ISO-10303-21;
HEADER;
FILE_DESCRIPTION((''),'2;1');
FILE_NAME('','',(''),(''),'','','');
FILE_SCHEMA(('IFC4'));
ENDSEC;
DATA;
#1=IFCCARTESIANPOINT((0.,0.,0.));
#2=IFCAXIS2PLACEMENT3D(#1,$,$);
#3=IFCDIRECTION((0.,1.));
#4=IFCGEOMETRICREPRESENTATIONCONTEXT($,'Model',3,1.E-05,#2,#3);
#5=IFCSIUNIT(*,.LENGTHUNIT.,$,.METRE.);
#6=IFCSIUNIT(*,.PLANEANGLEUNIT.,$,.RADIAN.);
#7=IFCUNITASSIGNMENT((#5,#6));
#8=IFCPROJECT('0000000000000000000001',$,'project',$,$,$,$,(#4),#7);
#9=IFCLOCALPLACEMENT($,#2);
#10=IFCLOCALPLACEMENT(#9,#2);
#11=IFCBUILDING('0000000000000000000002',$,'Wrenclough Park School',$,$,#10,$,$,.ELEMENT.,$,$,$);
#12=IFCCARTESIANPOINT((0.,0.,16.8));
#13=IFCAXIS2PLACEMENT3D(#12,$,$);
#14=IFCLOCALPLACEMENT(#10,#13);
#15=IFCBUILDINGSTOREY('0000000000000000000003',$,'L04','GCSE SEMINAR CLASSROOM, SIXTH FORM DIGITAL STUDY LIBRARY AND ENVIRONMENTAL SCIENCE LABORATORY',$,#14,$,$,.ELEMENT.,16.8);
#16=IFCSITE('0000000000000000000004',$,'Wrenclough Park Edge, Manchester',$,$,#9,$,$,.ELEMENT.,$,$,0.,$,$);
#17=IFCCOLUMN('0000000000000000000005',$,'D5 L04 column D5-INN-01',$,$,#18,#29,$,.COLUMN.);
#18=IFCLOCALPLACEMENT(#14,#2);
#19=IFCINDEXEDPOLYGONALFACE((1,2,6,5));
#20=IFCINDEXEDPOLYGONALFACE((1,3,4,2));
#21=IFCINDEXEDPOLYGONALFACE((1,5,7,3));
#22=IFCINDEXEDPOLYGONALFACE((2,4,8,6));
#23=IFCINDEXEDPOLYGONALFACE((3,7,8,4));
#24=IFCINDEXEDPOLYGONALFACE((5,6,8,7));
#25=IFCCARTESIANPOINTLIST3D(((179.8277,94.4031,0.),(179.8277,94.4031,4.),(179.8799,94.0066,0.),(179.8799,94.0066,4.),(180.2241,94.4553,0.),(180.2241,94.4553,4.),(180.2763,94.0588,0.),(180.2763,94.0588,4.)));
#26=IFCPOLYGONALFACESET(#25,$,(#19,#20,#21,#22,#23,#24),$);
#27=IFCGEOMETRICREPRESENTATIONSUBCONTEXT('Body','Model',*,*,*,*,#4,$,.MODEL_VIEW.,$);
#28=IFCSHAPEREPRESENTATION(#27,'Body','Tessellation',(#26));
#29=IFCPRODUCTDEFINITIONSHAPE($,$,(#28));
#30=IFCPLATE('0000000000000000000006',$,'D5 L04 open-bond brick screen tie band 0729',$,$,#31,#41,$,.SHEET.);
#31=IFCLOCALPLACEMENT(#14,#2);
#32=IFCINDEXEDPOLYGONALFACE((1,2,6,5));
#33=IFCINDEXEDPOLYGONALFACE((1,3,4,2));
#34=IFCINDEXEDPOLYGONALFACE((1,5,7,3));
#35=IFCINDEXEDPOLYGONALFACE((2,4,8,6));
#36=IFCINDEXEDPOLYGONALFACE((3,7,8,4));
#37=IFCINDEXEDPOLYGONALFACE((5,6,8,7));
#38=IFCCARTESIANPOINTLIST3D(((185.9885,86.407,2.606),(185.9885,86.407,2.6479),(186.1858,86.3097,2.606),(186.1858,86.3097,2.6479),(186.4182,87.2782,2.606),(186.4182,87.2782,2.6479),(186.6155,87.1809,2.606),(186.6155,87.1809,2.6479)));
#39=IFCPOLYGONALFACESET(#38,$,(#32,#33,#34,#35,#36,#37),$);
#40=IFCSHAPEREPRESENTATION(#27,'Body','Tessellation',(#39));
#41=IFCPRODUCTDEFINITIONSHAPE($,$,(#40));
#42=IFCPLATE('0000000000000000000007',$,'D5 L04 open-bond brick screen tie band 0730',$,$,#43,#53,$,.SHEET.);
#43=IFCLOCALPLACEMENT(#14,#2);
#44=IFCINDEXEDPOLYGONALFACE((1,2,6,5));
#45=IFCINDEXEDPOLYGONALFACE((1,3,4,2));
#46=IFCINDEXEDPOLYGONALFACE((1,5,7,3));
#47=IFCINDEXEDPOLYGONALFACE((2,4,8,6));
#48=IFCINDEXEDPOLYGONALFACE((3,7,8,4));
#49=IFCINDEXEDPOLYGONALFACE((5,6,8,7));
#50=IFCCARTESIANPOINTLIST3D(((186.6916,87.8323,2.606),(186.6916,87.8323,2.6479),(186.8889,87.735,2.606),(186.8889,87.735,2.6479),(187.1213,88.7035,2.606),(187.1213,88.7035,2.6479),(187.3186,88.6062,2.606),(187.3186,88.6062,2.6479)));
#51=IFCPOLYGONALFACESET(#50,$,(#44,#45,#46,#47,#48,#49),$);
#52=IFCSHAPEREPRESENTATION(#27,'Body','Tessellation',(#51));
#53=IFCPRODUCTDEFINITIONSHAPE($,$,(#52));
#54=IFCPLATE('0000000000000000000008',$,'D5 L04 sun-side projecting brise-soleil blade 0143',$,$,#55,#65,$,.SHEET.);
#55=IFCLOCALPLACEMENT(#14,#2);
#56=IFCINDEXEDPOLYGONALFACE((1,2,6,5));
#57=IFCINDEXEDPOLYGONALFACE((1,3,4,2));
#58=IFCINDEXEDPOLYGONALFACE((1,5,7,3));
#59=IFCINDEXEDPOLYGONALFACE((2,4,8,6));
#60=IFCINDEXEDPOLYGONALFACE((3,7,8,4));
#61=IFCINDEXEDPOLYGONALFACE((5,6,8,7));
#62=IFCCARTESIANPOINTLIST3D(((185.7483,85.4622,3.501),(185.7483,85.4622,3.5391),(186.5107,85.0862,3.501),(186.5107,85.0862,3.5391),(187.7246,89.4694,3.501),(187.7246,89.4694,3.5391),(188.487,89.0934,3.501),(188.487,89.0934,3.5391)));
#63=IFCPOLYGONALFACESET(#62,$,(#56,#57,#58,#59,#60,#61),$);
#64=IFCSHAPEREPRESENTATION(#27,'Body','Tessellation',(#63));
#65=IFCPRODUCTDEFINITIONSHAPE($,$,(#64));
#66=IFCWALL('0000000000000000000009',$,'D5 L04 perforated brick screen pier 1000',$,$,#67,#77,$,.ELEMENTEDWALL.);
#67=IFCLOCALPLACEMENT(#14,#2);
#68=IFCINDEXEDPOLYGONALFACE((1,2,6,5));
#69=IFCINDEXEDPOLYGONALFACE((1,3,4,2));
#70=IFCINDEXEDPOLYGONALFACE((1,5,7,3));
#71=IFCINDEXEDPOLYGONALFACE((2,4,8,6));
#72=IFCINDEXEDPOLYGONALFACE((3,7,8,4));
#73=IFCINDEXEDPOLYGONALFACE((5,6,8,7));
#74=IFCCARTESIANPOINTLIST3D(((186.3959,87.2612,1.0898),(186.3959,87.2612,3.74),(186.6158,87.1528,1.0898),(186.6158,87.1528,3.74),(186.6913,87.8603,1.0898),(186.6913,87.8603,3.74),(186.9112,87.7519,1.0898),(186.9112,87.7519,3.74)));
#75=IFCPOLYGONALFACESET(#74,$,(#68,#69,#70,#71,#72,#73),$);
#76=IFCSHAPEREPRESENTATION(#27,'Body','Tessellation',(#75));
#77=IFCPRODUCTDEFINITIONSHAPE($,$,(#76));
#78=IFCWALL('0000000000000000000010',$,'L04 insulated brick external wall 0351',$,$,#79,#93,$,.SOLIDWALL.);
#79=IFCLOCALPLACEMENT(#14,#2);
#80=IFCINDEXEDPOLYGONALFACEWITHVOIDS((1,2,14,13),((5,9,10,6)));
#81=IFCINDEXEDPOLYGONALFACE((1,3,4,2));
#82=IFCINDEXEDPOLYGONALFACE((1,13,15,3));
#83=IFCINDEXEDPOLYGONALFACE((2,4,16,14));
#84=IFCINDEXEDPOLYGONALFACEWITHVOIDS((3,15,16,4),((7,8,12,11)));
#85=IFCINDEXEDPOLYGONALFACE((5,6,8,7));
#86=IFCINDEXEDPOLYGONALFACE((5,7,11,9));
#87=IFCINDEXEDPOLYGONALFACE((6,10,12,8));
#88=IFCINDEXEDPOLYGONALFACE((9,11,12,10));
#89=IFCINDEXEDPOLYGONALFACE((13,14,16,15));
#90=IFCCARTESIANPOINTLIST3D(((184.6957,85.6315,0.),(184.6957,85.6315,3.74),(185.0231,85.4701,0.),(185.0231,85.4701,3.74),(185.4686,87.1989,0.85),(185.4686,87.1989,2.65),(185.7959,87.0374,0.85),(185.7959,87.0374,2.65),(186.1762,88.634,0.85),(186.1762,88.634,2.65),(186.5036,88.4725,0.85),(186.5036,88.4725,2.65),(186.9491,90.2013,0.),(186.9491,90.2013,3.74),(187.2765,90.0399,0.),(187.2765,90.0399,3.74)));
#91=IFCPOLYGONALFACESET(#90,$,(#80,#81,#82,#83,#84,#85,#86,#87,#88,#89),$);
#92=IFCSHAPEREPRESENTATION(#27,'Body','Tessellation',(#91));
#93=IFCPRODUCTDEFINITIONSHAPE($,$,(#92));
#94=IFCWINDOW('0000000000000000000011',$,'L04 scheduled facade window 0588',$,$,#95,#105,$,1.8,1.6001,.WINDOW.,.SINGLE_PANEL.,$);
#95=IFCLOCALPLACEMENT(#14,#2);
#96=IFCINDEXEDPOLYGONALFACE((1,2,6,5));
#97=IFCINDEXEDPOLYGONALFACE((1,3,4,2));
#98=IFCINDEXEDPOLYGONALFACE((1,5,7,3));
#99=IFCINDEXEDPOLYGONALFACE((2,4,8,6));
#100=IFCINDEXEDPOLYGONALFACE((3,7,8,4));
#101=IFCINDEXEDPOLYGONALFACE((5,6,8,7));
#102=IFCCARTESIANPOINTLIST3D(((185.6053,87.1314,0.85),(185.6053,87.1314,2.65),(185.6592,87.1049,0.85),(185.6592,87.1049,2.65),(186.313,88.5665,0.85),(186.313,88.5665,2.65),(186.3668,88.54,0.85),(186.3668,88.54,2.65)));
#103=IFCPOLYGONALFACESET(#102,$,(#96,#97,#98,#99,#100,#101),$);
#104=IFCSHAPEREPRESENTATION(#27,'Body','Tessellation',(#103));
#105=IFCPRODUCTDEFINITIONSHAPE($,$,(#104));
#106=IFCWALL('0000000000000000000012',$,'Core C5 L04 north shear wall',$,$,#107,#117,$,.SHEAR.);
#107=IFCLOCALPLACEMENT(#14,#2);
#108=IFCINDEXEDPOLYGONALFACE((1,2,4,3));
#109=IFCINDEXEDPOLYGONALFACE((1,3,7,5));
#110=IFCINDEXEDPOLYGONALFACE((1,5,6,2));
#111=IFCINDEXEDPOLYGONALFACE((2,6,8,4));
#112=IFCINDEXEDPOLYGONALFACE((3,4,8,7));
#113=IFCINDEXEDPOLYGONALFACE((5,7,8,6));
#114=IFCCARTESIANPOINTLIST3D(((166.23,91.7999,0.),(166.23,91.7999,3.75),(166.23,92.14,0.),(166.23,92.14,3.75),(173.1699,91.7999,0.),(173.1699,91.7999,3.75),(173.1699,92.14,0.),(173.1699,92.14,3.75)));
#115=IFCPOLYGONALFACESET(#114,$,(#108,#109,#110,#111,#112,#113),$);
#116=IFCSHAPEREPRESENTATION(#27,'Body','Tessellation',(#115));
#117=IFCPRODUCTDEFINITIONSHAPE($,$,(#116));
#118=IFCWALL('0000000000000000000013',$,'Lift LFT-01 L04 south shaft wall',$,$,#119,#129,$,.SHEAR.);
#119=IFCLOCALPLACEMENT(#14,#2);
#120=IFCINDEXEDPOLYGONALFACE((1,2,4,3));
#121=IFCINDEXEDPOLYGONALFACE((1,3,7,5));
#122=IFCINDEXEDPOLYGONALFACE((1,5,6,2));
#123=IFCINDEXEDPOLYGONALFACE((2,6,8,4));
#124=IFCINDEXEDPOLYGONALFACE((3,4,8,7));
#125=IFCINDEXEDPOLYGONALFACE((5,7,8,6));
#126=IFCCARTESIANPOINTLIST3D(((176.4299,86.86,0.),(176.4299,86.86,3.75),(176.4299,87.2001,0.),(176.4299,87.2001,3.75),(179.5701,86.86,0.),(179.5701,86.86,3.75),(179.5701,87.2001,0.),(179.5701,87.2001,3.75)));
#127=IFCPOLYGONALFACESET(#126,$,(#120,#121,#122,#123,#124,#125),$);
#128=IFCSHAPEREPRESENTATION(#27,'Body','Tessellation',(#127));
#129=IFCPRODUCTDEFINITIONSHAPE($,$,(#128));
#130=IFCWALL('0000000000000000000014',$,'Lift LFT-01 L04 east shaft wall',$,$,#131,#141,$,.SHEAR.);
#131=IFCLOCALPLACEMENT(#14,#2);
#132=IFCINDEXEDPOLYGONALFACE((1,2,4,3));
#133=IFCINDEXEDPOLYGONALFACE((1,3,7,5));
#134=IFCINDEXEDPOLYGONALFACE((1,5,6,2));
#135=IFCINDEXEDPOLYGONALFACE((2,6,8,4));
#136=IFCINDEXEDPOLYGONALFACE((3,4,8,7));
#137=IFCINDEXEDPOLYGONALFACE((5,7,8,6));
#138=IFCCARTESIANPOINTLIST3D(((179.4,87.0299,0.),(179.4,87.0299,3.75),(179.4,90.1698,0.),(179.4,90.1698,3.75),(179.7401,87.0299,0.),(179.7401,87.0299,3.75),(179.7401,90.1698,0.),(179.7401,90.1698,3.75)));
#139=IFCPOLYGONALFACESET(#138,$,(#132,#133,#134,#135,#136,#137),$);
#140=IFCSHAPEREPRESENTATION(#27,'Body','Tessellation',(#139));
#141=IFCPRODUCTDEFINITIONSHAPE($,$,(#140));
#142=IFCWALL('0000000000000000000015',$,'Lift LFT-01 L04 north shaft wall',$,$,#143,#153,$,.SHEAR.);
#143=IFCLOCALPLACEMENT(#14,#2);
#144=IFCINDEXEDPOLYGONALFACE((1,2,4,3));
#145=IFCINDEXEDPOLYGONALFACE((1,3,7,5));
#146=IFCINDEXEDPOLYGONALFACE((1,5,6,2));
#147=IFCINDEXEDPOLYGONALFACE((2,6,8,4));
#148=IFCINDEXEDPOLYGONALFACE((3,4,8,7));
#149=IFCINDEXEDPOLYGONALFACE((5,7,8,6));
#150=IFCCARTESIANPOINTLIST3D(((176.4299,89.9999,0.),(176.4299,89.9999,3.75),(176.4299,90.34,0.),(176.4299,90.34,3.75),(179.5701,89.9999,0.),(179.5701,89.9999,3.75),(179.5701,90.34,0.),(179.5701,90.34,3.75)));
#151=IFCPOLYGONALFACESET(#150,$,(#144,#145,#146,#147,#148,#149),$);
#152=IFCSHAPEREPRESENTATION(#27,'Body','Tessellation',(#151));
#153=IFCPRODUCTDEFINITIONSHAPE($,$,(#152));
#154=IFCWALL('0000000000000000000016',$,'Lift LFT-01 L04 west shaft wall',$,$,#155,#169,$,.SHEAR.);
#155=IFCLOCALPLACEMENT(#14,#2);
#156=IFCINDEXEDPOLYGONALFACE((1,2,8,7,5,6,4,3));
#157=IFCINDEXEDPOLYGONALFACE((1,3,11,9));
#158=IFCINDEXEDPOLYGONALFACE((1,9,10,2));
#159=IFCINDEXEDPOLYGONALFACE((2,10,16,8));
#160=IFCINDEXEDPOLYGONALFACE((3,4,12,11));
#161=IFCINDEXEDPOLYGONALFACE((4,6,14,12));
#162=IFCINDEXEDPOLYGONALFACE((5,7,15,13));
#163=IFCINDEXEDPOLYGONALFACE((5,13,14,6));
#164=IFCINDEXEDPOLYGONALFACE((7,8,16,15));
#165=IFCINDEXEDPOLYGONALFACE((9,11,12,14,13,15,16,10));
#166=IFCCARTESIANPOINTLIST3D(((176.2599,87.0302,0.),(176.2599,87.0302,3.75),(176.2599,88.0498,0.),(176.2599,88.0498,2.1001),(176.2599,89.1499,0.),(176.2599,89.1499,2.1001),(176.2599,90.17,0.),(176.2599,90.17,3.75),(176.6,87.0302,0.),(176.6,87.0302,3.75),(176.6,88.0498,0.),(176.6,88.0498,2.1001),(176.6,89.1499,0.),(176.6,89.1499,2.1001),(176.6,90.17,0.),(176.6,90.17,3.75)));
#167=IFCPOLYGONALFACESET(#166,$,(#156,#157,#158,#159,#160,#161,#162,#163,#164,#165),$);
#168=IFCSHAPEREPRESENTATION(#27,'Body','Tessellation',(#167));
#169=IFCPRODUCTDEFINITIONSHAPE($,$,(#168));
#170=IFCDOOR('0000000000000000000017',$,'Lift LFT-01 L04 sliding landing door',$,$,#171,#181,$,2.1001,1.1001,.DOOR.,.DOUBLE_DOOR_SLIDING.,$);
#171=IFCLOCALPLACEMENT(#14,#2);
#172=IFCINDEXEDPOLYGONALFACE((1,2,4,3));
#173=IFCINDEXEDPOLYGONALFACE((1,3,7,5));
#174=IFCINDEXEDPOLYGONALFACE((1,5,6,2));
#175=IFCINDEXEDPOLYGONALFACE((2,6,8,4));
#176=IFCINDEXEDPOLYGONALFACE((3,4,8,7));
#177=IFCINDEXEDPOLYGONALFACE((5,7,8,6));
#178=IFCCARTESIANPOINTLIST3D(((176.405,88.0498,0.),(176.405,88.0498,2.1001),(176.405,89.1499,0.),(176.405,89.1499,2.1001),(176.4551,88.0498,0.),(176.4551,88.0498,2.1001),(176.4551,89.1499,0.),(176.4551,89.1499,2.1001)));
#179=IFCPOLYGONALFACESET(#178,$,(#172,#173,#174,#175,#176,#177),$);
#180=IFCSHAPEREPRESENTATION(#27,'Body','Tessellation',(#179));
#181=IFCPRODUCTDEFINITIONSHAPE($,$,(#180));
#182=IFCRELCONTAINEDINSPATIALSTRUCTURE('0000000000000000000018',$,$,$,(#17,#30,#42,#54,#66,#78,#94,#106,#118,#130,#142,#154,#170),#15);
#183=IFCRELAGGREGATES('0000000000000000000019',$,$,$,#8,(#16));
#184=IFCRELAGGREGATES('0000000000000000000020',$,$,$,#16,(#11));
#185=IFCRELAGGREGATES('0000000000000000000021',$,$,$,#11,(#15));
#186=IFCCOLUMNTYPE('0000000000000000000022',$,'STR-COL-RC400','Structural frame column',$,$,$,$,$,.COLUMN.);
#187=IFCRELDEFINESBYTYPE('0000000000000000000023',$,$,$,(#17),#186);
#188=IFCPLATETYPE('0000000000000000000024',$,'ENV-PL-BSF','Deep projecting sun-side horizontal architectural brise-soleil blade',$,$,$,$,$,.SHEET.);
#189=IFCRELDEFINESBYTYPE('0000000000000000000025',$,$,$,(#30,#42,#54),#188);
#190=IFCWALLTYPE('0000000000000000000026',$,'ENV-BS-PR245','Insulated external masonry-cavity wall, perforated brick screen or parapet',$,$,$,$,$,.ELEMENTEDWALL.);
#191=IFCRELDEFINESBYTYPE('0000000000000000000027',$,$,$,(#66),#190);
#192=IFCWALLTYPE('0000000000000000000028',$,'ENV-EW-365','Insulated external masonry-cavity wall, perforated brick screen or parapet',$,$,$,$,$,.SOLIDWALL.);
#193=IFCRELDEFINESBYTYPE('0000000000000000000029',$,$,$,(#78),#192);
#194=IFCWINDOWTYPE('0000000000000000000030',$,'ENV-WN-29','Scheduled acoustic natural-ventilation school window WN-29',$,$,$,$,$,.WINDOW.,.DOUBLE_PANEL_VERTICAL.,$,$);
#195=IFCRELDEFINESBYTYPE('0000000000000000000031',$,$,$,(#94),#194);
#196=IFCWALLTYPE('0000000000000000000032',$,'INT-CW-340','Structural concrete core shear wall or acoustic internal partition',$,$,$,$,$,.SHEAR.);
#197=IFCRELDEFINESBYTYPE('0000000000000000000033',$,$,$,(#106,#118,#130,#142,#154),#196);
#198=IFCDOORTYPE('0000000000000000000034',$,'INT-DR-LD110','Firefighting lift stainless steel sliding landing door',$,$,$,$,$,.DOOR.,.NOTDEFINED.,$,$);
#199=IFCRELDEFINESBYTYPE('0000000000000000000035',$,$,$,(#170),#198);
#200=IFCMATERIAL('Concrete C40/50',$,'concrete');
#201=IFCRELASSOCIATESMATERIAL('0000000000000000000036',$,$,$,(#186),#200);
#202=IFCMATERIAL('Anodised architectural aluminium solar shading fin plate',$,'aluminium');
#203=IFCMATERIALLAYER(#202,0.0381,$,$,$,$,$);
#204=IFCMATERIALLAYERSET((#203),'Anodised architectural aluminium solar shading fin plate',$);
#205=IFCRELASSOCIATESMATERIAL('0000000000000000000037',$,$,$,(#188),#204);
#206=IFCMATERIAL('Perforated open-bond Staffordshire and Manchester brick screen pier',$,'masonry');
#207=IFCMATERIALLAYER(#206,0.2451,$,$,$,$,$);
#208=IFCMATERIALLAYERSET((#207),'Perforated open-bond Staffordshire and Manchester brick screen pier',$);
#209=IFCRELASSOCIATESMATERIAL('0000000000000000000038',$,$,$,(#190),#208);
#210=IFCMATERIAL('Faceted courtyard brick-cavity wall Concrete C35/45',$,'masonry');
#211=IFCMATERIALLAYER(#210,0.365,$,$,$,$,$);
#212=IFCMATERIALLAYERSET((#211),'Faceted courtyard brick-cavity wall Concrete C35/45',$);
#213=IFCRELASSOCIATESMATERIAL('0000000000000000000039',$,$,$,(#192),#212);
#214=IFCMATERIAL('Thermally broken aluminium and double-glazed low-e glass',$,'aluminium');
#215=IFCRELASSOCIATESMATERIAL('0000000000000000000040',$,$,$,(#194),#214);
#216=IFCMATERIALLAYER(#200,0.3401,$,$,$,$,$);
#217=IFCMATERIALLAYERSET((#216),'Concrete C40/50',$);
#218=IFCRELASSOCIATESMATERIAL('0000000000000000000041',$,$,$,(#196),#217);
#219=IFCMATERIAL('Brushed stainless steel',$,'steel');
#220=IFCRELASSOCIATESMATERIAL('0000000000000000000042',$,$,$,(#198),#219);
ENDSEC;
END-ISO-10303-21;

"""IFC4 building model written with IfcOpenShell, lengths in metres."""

from ifc_helpers import new_model, si_unit, direction, frame, frame_2d, origin, origin_2d, place, context, subcontext, project, spatial, rectangle, extrude, material, layer, layer_set, material_profile, profile_set, type_object, element, fill, save


model = new_model("IFC4")

# Units and contexts
model_context = context("Model", 3, precision=1e-05, world=origin(), true_north=direction((0.0, 1.0)))
body_context = subcontext(model_context, "Body", "Model", "MODEL_VIEW")
ifc_project = project(units=[si_unit("LENGTHUNIT", "METRE"), si_unit("PLANEANGLEUNIT", "RADIAN")], contexts=[model_context])

# Site, building, storey
site_placement = place(None, origin())
site = spatial("IfcSite", under=ifc_project, at=site_placement, Name="Wrenclough Park Edge, Manchester", CompositionType="ELEMENT", RefElevation=0.0)
building_placement = place(site_placement, origin())
building = spatial("IfcBuilding", under=site, at=building_placement, Name="Wrenclough Park School", CompositionType="ELEMENT")
storey_placement = place(building_placement, frame((0.0, 0.0, 16.8)))
storey = spatial("IfcBuildingStorey", under=building, at=storey_placement, Name="L04", Description="GCSE SEMINAR CLASSROOM, SIXTH FORM DIGITAL STUDY LIBRARY AND ENVIRONMENTAL SCIENCE LABORATORY", CompositionType="ELEMENT", Elevation=16.8)

# Column
ifc_material_1 = material(Name="Concrete C40/50", Category="concrete")
ifc_material_profile = material_profile(ifc_material_1, rectangle(XDim=0.3999, YDim=0.3999, at=origin_2d()), Name="RC COL 400x400")
ifc_profile_set = profile_set([ifc_material_profile], Name="Concrete C40/50")
column_type = type_object("IfcColumnType", Name="STR-COL-RC400", Description="Structural frame column", PredefinedType="COLUMN", material=ifc_profile_set)
column_placement = place(storey_placement, frame((180.052, 94.231, 0.0), z_axis=(0.0, 0.0, 1.0), x_axis=(0.991445, 0.130526, 0.0)))
element("IfcColumn", 1, at=column_placement, inside=storey, type_object=column_type, Name="D5 L04 column D5-INN-01", PredefinedType="COLUMN", context=body_context, shape_type="SweptSolid", body=[
    extrude(rectangle(XDim=0.3999, YDim=0.3999, at=origin_2d()), origin(), (0.0, 0.0, 1.0), 4.0),
])

# Plates
ifc_material_2 = material(Name="Anodised architectural aluminium solar shading fin plate", Category="aluminium")
ifc_layer_1 = layer(ifc_material_2, 0.0381)
ifc_layer_set_1 = layer_set([ifc_layer_1], Name="Anodised architectural aluminium solar shading fin plate")
plate_type = type_object("IfcPlateType", Name="ENV-PL-BSF", Description="Deep projecting sun-side horizontal architectural brise-soleil blade", PredefinedType="SHEET", material=ifc_layer_set_1)
for number, where, z_axis, x_axis, name in (
    (2, (186.302, 86.7939, 2.606), (0.0, 0.0, 1.0), (0.442316, 0.896859, 0.0), "D5 L04 open-bond brick screen tie band 0729"),
    (3, (187.0051, 88.2192, 2.606), (0.0, 0.0, 1.0), (0.442316, 0.896859, 0.0), "D5 L04 open-bond brick screen tie band 0730"),
):
    element("IfcPlate", number, at=place(storey_placement, frame(where, z_axis=z_axis, x_axis=x_axis)), inside=storey, type_object=plate_type, Name=name, PredefinedType="SHEET", context=body_context, shape_type="SweptSolid", body=[
        extrude(rectangle(XDim=0.9714, YDim=0.22, at=origin_2d()), origin(), (0.0, 0.0, 1.0), 0.042),
    ])
plate_placement = place(storey_placement, frame((187.1177, 87.2778, 3.501), z_axis=(0.0, 0.0, 1.0), x_axis=(0.442316, 0.896859, 0.0)))
element("IfcPlate", 4, at=plate_placement, inside=storey, type_object=plate_type, Name="D5 L04 sun-side projecting brise-soleil blade 0143", PredefinedType="SHEET", context=body_context, shape_type="SweptSolid", body=[
    extrude(rectangle(XDim=4.468, YDim=0.8501, at=origin_2d()), origin(), (0.0, 0.0, 1.0), 0.0381),
])

# Wall
ifc_material_3 = material(Name="Perforated open-bond Staffordshire and Manchester brick screen pier", Category="masonry")
ifc_layer_2 = layer(ifc_material_3, 0.2451)
ifc_layer_set_2 = layer_set([ifc_layer_2], Name="Perforated open-bond Staffordshire and Manchester brick screen pier")
wall_type_1 = type_object("IfcWallType", Name="ENV-BS-PR245", Description="Insulated external masonry-cavity wall, perforated brick screen or parapet", PredefinedType="ELEMENTEDWALL", material=ifc_layer_set_2)
wall_1_placement = place(storey_placement, frame((186.5059, 87.207, 1.0898), z_axis=(0.0, 0.0, 1.0), x_axis=(0.442236, 0.896899, 0.0)))
element("IfcWall", 5, at=wall_1_placement, inside=storey, type_object=wall_type_1, Name="D5 L04 perforated brick screen pier 1000", PredefinedType="ELEMENTEDWALL", context=body_context, shape_type="SweptSolid", body=[
    extrude(rectangle(XDim=0.668, YDim=0.2451, at=frame_2d((0.334, 0.0))), origin(), (0.0, 0.0, 1.0), 2.6501),
])

# Wall, opening, window
ifc_material_4 = material(Name="Faceted courtyard brick-cavity wall Concrete C35/45", Category="masonry")
ifc_layer_3 = layer(ifc_material_4, 0.365)
ifc_layer_set_3 = layer_set([ifc_layer_3], Name="Faceted courtyard brick-cavity wall Concrete C35/45")
wall_type_2 = type_object("IfcWallType", Name="ENV-EW-365", Description="Insulated external masonry-cavity wall, perforated brick screen or parapet", PredefinedType="SOLIDWALL", material=ifc_layer_set_3)
wall_2_placement = place(storey_placement, frame((187.1128, 90.1206, 0.0), z_axis=(0.0, 0.0, 1.0), x_axis=(-0.442262, -0.896886, 0.0)))
wall_2 = element("IfcWall", 6, at=wall_2_placement, inside=storey, type_object=wall_type_2, Name="L04 insulated brick external wall 0351", PredefinedType="SOLIDWALL", context=body_context, shape_type="SweptSolid", body=[
    extrude(rectangle(XDim=5.0952, YDim=0.365, at=frame_2d((2.5476, 0.0))), origin(), (0.0, 0.0, 1.0), 3.74),
])
opening_1_placement = place(wall_2_placement, frame((1.7476, 0.0, 0.8501)))
opening_1 = element("IfcOpeningElement", 7, at=opening_1_placement, cuts=wall_2, PredefinedType="OPENING", context=body_context, shape_type="SweptSolid", body=[
    extrude(rectangle(XDim=1.6001, YDim=1.8, at=frame_2d((0.8, 0.8999))), frame((0.0, 0.1924, 0.0), z_axis=(0.0, -1.0, 0.0), x_axis=(1.0, 0.0, 0.0)), (0.0, 0.0, 1.0), 0.385),
])
ifc_material_5 = material(Name="Thermally broken aluminium and double-glazed low-e glass", Category="aluminium")
window_type = type_object("IfcWindowType", Name="ENV-WN-29", Description="Scheduled acoustic natural-ventilation school window WN-29", PartitioningType="DOUBLE_PANEL_VERTICAL", PredefinedType="WINDOW", material=ifc_material_5)
window_placement = place(opening_1_placement, origin())
window = element("IfcWindow", 8, at=window_placement, inside=storey, type_object=window_type, Name="L04 scheduled facade window 0588", OverallHeight=1.8, OverallWidth=1.6001, PartitioningType="SINGLE_PANEL", PredefinedType="WINDOW", context=body_context, shape_type="SweptSolid", body=[
    extrude(rectangle(XDim=1.6001, YDim=1.8, at=frame_2d((0.8, 0.8999))), frame((0.0, 0.03, 0.0), z_axis=(0.0, -1.0, 0.0), x_axis=(1.0, 0.0, 0.0)), (0.0, 0.0, 1.0), 0.0601),
])
fill(opening_1, window)

# Walls
ifc_layer_4 = layer(ifc_material_1, 0.3401)
ifc_layer_set_4 = layer_set([ifc_layer_4], Name="Concrete C40/50")
wall_type_3 = type_object("IfcWallType", Name="INT-CW-340", Description="Structural concrete core shear wall or acoustic internal partition", PredefinedType="SHEAR", material=ifc_layer_set_4)
wall_3_placement = place(storey_placement, frame((173.1699, 91.97, 0.0), z_axis=(0.0, 0.0, 1.0), x_axis=(-1.0, 0.0, 0.0)))
element("IfcWall", 9, at=wall_3_placement, inside=storey, type_object=wall_type_3, Name="Core C5 L04 north shear wall", PredefinedType="SHEAR", context=body_context, shape_type="SweptSolid", body=[
    extrude(rectangle(XDim=6.9399, YDim=0.3401, at=frame_2d((3.47, 0.0))), origin(), (0.0, 0.0, 1.0), 3.75),
])
wall_4_placement = place(storey_placement, frame((176.4299, 87.03, 0.0), z_axis=(0.0, 0.0, 1.0), x_axis=(1.0, 0.0, 0.0)))
element("IfcWall", 10, at=wall_4_placement, inside=storey, type_object=wall_type_3, Name="Lift LFT-01 L04 south shaft wall", PredefinedType="SHEAR", context=body_context, shape_type="SweptSolid", body=[
    extrude(rectangle(XDim=3.1401, YDim=0.3401, at=frame_2d((1.5701, 0.0))), origin(), (0.0, 0.0, 1.0), 3.75),
])
wall_5_placement = place(storey_placement, frame((179.5701, 87.03, 0.0), z_axis=(0.0, 0.0, 1.0), x_axis=(0.0, 1.0, 0.0)))
element("IfcWall", 11, at=wall_5_placement, inside=storey, type_object=wall_type_3, Name="Lift LFT-01 L04 east shaft wall", PredefinedType="SHEAR", context=body_context, shape_type="SweptSolid", body=[
    extrude(rectangle(XDim=3.1399, YDim=0.3401, at=frame_2d((1.5698, 0.0))), origin(), (0.0, 0.0, 1.0), 3.75),
])
wall_6_placement = place(storey_placement, frame((179.5701, 90.1699, 0.0), z_axis=(0.0, 0.0, 1.0), x_axis=(-1.0, 0.0, 0.0)))
element("IfcWall", 12, at=wall_6_placement, inside=storey, type_object=wall_type_3, Name="Lift LFT-01 L04 north shaft wall", PredefinedType="SHEAR", context=body_context, shape_type="SweptSolid", body=[
    extrude(rectangle(XDim=3.1401, YDim=0.3401, at=frame_2d((1.5701, 0.0))), origin(), (0.0, 0.0, 1.0), 3.75),
])

# Wall, opening, door
wall_7_placement = place(storey_placement, frame((176.4299, 90.1699, 0.0), z_axis=(0.0, 0.0, 1.0), x_axis=(0.0, -1.0, 0.0)))
wall_7 = element("IfcWall", 13, at=wall_7_placement, inside=storey, type_object=wall_type_3, Name="Lift LFT-01 L04 west shaft wall", PredefinedType="SHEAR", context=body_context, shape_type="SweptSolid", body=[
    extrude(rectangle(XDim=3.1399, YDim=0.3401, at=frame_2d((1.5698, 0.0))), origin(), (0.0, 0.0, 1.0), 3.75),
])
opening_2_placement = place(wall_7_placement, frame((1.02, 0.0, 0.0)))
opening_2 = element("IfcOpeningElement", 14, at=opening_2_placement, cuts=wall_7, PredefinedType="OPENING", context=body_context, shape_type="SweptSolid", body=[
    extrude(rectangle(XDim=1.1001, YDim=2.1001, at=frame_2d((0.55, 1.05))), frame((0.0, 0.1799, 0.0), z_axis=(0.0, -1.0, 0.0), x_axis=(1.0, 0.0, 0.0)), (0.0, 0.0, 1.0), 0.3601),
])
ifc_material_6 = material(Name="Brushed stainless steel", Category="steel")
door_type_1 = type_object("IfcDoorType", Name="INT-DR-LD110", Description="Firefighting lift stainless steel sliding landing door", OperationType="NOTDEFINED", PredefinedType="DOOR", material=ifc_material_6)
door_1_placement = place(opening_2_placement, frame((1.1001, 0.0, 0.0), z_axis=(0.0, 0.0, 1.0), x_axis=(-1.0, 0.0, 0.0)))
door_1 = element("IfcDoor", 15, at=door_1_placement, inside=storey, type_object=door_type_1, Name="Lift LFT-01 L04 sliding landing door", OperationType="DOUBLE_DOOR_SLIDING", OverallHeight=2.1001, OverallWidth=1.1001, PredefinedType="DOOR", context=body_context, shape_type="SweptSolid", body=[
    extrude(rectangle(XDim=1.1001, YDim=2.1001, at=frame_2d((0.55, 1.05))), frame((0.0, 0.0249, 0.0), z_axis=(0.0, -1.0, 0.0), x_axis=(1.0, 0.0, 0.0)), (0.0, 0.0, 1.0), 0.05),
])
fill(opening_2, door_1)

save(model, "model.ifc")
